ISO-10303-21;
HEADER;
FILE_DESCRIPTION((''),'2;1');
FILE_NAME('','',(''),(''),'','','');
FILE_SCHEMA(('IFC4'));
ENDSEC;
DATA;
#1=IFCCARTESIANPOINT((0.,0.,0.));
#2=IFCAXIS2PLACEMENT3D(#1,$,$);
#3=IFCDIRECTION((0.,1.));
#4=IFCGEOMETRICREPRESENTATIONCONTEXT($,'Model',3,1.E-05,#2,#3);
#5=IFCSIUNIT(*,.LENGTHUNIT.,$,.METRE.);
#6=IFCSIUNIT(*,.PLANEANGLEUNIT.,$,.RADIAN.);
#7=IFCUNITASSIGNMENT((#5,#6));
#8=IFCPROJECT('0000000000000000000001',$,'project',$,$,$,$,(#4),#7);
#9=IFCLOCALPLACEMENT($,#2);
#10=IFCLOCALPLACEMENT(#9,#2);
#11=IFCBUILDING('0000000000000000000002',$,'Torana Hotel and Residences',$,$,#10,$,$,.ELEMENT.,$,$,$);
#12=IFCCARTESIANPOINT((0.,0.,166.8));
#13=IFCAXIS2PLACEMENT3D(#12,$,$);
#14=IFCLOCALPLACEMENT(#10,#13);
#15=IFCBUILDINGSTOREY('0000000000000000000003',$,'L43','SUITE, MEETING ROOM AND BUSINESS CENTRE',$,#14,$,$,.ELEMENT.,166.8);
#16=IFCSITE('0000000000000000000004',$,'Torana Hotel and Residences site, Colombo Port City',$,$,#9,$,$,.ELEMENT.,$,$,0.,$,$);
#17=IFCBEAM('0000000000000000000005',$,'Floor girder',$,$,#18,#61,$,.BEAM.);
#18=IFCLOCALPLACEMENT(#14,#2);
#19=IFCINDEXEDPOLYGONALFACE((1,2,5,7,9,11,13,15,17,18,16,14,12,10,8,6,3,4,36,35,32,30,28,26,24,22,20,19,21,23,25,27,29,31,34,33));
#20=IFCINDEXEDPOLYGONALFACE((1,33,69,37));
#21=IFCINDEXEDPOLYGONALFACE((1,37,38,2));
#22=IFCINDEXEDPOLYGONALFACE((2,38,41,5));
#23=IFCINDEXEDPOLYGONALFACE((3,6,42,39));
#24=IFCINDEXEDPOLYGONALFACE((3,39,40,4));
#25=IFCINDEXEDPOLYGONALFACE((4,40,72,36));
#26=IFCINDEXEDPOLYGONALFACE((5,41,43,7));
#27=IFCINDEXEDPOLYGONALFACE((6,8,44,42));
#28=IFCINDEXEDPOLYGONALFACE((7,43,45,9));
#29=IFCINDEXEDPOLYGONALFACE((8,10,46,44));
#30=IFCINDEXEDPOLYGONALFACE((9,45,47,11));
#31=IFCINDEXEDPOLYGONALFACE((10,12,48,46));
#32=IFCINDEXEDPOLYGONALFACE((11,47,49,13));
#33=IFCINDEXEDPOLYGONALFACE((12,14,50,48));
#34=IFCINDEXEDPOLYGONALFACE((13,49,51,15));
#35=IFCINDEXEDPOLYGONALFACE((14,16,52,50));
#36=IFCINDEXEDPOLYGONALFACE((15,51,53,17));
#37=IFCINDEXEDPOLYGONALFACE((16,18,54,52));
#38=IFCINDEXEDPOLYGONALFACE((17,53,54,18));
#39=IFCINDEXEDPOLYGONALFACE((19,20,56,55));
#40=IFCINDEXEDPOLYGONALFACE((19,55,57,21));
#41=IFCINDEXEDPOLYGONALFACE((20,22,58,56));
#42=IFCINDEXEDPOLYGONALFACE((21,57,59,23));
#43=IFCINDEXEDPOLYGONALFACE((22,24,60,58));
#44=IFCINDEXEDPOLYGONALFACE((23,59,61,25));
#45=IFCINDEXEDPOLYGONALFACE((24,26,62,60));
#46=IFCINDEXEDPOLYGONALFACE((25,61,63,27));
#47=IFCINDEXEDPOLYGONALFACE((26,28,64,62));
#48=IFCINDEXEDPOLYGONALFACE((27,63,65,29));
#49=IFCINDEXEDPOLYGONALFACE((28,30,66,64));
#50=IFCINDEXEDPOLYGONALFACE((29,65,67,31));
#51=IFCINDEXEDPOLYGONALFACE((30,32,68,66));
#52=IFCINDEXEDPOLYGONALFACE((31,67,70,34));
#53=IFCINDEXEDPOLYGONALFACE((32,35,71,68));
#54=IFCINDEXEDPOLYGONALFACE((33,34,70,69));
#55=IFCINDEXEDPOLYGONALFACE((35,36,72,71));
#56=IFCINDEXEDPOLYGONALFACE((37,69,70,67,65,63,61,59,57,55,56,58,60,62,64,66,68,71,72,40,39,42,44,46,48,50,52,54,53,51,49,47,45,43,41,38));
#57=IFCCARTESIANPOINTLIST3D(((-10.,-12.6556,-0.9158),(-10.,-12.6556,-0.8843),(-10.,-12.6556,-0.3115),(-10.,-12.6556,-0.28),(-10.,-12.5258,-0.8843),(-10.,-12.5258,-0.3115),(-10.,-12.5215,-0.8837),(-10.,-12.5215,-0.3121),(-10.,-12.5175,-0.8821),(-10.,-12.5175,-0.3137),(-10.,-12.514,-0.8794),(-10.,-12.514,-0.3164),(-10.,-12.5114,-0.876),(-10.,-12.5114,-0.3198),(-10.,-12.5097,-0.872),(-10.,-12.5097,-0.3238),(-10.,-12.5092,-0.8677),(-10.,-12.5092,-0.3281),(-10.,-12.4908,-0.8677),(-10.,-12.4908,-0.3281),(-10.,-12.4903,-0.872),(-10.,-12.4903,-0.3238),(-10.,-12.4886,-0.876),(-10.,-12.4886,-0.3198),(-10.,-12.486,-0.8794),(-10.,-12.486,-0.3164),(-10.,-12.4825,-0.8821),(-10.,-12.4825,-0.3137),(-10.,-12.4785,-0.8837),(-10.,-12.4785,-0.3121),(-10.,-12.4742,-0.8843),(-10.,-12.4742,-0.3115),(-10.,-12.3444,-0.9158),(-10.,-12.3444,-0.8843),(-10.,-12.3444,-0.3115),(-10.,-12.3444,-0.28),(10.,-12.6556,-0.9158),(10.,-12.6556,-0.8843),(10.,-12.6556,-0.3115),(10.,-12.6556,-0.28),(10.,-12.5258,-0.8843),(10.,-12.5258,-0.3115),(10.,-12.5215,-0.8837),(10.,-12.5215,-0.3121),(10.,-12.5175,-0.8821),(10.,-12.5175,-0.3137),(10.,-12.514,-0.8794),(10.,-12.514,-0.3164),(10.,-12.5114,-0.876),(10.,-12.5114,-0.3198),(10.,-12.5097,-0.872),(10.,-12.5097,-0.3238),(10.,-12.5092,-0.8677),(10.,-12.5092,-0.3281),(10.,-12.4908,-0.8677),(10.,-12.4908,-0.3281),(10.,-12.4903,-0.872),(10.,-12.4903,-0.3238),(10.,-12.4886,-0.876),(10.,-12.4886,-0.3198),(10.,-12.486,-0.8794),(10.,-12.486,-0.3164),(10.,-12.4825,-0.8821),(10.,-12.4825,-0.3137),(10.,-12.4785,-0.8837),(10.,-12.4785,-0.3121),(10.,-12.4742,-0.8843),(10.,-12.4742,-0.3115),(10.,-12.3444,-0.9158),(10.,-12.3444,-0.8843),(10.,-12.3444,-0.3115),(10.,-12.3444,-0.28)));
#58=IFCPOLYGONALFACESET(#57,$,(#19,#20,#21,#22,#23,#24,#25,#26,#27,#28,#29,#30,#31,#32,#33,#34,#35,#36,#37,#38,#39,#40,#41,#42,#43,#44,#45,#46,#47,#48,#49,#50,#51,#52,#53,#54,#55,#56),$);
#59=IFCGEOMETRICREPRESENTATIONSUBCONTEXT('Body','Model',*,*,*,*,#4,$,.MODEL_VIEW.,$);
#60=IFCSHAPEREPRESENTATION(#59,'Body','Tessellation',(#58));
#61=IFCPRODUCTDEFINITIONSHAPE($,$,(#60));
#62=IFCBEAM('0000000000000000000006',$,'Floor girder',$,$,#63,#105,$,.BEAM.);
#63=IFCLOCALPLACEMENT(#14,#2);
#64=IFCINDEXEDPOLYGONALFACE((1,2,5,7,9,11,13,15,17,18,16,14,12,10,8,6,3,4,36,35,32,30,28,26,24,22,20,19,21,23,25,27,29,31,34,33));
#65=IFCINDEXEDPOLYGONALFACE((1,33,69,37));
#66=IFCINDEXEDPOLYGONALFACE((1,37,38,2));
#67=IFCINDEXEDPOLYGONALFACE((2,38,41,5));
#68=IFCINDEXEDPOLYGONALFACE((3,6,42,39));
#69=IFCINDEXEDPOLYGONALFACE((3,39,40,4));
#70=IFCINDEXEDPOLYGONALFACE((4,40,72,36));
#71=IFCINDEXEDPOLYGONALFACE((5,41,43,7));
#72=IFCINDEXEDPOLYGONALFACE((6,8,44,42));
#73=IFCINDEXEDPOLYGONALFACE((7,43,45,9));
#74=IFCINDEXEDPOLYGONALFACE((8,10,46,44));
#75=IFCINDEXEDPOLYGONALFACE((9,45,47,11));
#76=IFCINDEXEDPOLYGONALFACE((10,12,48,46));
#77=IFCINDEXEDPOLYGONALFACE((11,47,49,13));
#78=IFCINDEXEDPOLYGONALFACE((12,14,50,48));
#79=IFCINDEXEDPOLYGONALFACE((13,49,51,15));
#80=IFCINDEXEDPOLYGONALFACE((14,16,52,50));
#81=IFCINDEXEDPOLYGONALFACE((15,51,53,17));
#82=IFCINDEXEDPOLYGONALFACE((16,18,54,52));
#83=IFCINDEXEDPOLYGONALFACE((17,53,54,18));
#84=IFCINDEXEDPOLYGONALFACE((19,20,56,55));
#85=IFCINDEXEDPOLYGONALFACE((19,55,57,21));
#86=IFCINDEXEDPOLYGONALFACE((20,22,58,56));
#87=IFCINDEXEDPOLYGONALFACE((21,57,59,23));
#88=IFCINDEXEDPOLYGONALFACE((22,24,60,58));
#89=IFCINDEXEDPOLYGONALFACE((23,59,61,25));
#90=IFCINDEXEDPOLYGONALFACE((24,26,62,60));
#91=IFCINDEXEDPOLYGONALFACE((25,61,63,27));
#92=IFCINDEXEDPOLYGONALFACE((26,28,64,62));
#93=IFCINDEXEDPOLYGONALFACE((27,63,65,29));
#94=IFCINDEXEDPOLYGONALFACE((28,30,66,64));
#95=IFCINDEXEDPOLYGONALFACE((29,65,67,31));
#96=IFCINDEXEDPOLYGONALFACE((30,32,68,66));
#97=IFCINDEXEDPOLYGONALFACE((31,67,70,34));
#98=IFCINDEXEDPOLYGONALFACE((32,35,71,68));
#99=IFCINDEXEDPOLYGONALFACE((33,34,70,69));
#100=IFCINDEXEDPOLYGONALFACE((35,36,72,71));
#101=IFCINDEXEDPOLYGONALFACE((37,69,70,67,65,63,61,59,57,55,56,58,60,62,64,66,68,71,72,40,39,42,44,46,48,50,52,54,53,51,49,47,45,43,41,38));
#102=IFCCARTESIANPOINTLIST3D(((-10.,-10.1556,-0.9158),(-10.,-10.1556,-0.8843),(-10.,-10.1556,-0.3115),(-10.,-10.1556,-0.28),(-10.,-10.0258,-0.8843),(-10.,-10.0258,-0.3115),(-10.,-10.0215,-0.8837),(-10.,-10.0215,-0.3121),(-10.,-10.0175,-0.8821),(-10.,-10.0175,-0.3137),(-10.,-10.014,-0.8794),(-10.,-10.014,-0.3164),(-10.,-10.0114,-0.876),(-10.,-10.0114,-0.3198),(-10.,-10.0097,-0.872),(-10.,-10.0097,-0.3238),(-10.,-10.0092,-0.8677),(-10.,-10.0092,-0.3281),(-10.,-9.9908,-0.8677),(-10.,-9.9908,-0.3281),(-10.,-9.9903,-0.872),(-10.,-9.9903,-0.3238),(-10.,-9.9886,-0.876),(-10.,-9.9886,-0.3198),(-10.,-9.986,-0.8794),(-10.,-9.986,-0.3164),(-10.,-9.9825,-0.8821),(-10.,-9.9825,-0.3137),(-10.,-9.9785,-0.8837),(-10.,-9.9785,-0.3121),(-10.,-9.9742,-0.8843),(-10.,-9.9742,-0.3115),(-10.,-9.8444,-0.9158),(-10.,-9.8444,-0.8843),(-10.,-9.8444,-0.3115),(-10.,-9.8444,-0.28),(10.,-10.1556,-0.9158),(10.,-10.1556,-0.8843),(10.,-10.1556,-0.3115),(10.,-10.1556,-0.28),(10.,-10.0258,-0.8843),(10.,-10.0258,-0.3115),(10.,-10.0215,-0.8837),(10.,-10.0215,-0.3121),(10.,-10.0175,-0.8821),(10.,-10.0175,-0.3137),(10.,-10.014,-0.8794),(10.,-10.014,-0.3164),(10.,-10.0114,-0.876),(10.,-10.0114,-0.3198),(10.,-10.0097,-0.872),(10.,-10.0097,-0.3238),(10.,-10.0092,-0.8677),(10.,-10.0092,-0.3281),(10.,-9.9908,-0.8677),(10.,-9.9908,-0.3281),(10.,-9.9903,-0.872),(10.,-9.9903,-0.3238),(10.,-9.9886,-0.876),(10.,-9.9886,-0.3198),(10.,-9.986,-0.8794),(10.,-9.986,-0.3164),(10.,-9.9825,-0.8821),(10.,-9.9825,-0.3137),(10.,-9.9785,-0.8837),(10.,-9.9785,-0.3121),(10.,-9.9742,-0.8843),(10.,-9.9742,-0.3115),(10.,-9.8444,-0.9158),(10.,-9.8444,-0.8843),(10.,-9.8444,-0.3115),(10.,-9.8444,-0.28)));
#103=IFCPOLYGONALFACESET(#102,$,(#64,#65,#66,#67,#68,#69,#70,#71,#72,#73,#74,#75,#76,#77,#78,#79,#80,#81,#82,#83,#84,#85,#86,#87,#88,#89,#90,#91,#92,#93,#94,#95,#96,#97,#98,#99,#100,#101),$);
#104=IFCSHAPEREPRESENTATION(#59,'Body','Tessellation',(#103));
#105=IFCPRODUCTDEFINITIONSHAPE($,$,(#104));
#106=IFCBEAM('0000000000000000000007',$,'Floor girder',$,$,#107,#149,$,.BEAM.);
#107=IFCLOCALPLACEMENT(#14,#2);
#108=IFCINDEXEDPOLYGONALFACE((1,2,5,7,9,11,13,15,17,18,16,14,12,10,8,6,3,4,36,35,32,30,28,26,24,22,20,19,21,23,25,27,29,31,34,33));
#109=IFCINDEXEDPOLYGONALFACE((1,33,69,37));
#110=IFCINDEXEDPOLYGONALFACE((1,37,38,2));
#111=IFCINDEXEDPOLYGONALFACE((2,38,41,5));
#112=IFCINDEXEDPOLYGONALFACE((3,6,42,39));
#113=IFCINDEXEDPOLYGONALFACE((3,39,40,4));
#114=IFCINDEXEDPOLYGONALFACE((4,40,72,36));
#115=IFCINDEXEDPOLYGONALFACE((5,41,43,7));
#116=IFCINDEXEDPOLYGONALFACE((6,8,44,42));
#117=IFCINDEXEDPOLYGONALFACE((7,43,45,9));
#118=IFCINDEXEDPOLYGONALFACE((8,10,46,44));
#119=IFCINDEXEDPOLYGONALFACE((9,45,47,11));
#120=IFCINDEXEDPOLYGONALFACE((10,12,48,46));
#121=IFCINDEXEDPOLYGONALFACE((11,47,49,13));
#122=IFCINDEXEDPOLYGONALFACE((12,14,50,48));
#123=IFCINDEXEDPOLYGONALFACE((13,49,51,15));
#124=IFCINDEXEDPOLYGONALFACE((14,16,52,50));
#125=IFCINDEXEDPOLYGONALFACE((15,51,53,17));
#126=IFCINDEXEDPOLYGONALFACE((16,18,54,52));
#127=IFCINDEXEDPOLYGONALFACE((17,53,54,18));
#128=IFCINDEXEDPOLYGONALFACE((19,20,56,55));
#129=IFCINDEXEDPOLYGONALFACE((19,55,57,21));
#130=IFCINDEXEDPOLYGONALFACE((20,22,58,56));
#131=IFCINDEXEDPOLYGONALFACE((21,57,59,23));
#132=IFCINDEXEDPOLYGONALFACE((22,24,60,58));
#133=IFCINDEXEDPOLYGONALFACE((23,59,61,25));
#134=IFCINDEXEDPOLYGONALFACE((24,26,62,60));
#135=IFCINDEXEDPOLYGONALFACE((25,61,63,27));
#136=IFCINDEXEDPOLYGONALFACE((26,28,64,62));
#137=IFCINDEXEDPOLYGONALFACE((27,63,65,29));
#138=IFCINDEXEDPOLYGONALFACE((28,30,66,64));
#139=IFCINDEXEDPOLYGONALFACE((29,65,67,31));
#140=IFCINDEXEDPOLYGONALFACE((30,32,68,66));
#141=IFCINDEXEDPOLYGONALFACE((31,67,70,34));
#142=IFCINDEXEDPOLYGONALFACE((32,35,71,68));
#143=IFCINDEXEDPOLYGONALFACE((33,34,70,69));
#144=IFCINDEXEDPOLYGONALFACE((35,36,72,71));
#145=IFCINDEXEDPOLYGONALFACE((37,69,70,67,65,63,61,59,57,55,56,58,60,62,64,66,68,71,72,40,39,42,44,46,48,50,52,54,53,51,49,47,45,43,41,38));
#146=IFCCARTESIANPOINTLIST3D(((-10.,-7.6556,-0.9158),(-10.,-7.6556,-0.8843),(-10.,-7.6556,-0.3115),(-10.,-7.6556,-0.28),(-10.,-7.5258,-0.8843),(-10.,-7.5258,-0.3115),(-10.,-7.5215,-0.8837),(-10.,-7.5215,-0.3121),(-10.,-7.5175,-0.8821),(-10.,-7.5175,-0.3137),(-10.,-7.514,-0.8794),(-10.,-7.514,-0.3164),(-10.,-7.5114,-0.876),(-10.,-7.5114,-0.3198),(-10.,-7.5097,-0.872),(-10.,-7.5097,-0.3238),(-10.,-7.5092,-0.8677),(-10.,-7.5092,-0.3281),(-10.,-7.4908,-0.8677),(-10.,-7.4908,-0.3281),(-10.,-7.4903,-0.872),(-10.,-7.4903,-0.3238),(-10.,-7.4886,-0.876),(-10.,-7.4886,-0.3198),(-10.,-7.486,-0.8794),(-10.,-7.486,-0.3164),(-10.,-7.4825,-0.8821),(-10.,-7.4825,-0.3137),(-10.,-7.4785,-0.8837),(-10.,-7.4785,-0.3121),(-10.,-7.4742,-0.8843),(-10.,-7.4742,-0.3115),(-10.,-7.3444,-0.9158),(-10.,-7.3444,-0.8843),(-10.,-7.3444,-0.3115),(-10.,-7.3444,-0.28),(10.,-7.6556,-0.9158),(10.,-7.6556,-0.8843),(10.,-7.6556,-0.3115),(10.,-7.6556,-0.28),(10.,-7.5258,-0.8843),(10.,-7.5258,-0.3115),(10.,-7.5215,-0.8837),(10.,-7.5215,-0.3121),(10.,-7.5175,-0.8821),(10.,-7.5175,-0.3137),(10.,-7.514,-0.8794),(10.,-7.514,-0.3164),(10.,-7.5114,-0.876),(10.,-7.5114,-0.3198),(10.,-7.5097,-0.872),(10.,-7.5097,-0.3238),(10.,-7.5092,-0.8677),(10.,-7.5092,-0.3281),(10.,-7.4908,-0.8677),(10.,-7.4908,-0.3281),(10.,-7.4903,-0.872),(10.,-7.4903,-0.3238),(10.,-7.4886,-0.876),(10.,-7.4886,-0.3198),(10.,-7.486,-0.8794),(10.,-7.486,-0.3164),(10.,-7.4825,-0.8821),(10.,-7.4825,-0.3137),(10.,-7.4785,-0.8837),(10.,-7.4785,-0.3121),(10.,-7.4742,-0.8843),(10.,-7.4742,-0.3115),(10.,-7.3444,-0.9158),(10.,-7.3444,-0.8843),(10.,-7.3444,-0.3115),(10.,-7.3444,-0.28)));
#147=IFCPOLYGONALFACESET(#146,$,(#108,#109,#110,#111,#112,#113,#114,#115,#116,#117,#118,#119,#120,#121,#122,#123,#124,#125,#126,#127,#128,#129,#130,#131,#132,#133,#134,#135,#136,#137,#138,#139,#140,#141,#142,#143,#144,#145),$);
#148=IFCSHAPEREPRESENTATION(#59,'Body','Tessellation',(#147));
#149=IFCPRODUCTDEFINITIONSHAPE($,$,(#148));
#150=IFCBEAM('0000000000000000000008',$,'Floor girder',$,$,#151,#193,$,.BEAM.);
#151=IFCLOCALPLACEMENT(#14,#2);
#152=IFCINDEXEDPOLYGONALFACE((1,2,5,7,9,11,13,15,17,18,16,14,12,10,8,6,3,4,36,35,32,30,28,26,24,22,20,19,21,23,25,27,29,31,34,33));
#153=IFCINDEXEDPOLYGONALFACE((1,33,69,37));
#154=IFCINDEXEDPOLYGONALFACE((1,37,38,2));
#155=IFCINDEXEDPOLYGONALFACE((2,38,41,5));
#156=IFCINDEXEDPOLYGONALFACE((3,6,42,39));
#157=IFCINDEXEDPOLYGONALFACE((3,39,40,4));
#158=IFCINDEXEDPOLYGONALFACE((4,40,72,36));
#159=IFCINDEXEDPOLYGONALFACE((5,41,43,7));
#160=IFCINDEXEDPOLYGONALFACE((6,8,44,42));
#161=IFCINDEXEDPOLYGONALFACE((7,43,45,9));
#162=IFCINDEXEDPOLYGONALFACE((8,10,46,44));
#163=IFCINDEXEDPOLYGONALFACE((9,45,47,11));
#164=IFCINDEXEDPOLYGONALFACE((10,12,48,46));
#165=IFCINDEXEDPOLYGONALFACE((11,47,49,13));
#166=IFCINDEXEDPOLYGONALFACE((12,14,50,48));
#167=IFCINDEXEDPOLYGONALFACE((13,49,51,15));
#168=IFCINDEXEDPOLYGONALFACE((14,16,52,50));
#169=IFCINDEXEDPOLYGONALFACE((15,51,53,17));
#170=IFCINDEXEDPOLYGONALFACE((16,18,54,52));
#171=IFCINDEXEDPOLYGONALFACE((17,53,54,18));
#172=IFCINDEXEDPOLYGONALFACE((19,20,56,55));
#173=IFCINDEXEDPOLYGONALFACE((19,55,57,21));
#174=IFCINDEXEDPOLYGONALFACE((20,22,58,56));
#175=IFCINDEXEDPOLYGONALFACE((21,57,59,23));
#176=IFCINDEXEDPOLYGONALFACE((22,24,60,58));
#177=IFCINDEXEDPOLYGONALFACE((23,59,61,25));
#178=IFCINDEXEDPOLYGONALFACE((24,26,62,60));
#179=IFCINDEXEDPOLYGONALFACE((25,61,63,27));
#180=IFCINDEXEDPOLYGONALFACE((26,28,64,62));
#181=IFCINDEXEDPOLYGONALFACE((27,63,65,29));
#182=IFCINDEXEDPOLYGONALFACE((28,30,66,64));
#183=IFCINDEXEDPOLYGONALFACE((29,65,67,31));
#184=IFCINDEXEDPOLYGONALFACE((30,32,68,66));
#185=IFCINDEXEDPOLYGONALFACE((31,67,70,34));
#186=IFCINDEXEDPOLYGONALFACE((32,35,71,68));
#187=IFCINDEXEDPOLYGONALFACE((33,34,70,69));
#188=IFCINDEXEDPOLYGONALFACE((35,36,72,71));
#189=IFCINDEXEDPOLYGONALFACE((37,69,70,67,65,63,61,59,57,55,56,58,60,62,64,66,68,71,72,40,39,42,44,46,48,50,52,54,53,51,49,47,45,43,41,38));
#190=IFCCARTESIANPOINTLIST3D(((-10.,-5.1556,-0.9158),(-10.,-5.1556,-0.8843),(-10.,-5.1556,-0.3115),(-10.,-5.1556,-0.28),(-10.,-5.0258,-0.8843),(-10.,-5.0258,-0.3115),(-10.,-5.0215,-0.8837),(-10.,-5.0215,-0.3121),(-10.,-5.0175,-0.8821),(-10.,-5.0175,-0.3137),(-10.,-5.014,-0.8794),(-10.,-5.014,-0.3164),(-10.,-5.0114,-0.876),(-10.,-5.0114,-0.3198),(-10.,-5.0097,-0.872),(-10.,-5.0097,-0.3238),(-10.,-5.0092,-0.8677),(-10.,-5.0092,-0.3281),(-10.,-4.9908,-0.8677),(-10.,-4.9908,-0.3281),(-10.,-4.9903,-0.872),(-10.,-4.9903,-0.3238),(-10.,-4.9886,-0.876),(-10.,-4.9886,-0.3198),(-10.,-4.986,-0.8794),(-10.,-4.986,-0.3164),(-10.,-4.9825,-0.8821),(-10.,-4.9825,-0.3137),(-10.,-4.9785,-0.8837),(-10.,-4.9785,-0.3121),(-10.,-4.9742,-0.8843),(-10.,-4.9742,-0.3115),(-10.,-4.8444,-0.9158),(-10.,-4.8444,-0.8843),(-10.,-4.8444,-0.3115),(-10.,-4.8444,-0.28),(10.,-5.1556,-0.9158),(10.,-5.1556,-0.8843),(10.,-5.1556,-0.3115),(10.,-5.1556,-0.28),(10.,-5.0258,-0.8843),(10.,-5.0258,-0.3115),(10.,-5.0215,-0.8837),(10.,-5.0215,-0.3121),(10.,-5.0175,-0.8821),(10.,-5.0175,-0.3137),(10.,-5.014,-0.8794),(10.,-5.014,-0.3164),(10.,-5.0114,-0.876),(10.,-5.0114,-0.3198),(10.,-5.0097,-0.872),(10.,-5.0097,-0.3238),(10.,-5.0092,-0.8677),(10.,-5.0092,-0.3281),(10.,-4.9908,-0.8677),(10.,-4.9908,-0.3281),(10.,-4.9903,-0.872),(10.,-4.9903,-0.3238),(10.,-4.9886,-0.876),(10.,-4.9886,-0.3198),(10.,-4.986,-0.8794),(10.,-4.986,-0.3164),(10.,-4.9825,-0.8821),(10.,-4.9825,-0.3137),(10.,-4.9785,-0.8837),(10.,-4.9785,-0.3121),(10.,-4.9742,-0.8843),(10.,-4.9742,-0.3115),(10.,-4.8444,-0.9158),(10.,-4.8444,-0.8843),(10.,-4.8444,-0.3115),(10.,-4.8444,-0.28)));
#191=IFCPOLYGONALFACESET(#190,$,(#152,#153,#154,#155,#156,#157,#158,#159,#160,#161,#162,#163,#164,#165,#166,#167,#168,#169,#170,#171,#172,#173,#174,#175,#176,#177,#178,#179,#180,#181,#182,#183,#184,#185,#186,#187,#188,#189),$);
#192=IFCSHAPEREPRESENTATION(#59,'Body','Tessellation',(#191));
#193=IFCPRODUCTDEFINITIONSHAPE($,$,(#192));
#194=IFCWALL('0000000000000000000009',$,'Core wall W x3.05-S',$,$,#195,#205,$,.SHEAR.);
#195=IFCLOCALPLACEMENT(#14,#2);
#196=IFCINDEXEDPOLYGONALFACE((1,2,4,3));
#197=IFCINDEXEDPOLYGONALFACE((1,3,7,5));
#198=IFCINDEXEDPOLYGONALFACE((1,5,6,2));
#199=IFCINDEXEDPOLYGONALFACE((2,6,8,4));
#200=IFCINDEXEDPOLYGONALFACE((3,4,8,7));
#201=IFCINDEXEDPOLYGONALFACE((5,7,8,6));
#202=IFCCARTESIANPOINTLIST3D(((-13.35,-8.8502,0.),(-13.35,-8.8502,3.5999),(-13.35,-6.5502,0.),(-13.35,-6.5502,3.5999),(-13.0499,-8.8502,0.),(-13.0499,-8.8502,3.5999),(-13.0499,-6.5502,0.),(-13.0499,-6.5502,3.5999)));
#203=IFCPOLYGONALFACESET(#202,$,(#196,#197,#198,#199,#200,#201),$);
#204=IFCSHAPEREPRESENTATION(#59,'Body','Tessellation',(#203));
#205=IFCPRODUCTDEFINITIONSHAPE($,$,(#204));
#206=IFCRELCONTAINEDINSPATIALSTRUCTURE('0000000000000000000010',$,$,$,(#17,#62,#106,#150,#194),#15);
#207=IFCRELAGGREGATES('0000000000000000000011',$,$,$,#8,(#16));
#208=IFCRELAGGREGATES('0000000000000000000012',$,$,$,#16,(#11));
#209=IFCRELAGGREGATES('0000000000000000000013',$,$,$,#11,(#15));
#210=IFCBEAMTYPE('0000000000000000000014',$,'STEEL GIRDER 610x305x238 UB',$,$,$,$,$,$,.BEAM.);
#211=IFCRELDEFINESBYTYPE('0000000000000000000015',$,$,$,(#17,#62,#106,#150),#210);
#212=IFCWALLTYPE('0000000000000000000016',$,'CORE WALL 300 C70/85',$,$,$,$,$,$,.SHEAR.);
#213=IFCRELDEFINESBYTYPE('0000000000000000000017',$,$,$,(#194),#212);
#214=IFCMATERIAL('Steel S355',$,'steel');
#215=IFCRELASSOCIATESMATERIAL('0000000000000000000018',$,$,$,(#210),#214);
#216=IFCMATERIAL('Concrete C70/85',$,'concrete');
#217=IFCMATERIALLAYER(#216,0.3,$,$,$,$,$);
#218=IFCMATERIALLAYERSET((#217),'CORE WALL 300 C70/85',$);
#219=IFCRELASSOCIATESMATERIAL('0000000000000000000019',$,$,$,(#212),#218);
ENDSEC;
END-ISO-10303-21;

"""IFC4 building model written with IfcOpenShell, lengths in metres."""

from ifc_helpers import new_model, si_unit, direction, frame, frame_2d, origin, origin_2d, place, context, subcontext, project, spatial, rectangle, i_section, extrude, material, layer, layer_set, material_profile, profile_set, type_object, element, save


model = new_model("IFC4")

# Units and contexts
model_context = context("Model", 3, precision=1e-05, world=origin(), true_north=direction((0.0, 1.0)))
body_context = subcontext(model_context, "Body", "Model", "MODEL_VIEW")
ifc_project = project(units=[si_unit("LENGTHUNIT", "METRE"), si_unit("PLANEANGLEUNIT", "RADIAN")], contexts=[model_context])

# Site, building, storey
site_placement = place(None, origin())
site = spatial("IfcSite", under=ifc_project, at=site_placement, Name="Torana Hotel and Residences site, Colombo Port City", CompositionType="ELEMENT", RefElevation=0.0)
building_placement = place(site_placement, origin())
building = spatial("IfcBuilding", under=site, at=building_placement, Name="Torana Hotel and Residences", CompositionType="ELEMENT")
storey_placement = place(building_placement, frame((0.0, 0.0, 166.8)))
storey = spatial("IfcBuildingStorey", under=building, at=storey_placement, Name="L43", Description="SUITE, MEETING ROOM AND BUSINESS CENTRE", CompositionType="ELEMENT", Elevation=166.8)

# Beams
ifc_material_1 = material(Name="Steel S355", Category="steel")
ifc_material_profile = material_profile(ifc_material_1, i_section(OverallWidth=0.3113, OverallDepth=0.6357, WebThickness=0.0183, FlangeThickness=0.0315, FilletRadius=0.0166, at=origin_2d()), Name="610x305x238 UB")
ifc_profile_set = profile_set([ifc_material_profile], Name="Steel S355")
beam_type = type_object("IfcBeamType", Name="STEEL GIRDER 610x305x238 UB", PredefinedType="BEAM", material=ifc_profile_set)
for number, where, z_axis, x_axis, name in (
    (1, (-10.0, -12.5, -0.5979), (1.0, 0.0, 0.0), (0.0, 1.0, 0.0), "Floor girder"),
    (2, (-10.0, -10.0, -0.5979), (1.0, 0.0, 0.0), (0.0, 1.0, 0.0), "Floor girder"),
    (3, (-10.0, -7.5, -0.5979), (1.0, 0.0, 0.0), (0.0, 1.0, 0.0), "Floor girder"),
    (4, (-10.0, -5.0, -0.5979), (1.0, 0.0, 0.0), (0.0, 1.0, 0.0), "Floor girder"),
):
    element("IfcBeam", number, at=place(storey_placement, frame(where, z_axis=z_axis, x_axis=x_axis)), inside=storey, type_object=beam_type, Name=name, PredefinedType="BEAM", context=body_context, shape_type="SweptSolid", body=[
        extrude(i_section(OverallWidth=0.3113, OverallDepth=0.6357, WebThickness=0.0183, FlangeThickness=0.0315, FilletRadius=0.0166, at=origin_2d()), origin(), (0.0, 0.0, 1.0), 20.0),
    ])

# Wall
ifc_material_2 = material(Name="Concrete C70/85", Category="concrete")
ifc_layer_1 = layer(ifc_material_2, 0.3)
ifc_layer_set_1 = layer_set([ifc_layer_1], Name="CORE WALL 300 C70/85")
wall_type_1 = type_object("IfcWallType", Name="CORE WALL 300 C70/85", PredefinedType="SHEAR", material=ifc_layer_set_1)
wall_1_placement = place(storey_placement, frame((-13.2, -8.8501, 0.0), z_axis=(0.0, 0.0, 1.0), x_axis=(0.0, 1.0, 0.0)))
element("IfcWall", 5, at=wall_1_placement, inside=storey, type_object=wall_type_1, Name="Core wall W x3.05-S", PredefinedType="SHEAR", context=body_context, shape_type="SweptSolid", body=[
    extrude(rectangle(XDim=2.3, YDim=0.3, at=frame_2d((1.1499, 0.0))), origin(), (0.0, 0.0, 1.0), 3.5999),
])

save(model, "model.ifc")
